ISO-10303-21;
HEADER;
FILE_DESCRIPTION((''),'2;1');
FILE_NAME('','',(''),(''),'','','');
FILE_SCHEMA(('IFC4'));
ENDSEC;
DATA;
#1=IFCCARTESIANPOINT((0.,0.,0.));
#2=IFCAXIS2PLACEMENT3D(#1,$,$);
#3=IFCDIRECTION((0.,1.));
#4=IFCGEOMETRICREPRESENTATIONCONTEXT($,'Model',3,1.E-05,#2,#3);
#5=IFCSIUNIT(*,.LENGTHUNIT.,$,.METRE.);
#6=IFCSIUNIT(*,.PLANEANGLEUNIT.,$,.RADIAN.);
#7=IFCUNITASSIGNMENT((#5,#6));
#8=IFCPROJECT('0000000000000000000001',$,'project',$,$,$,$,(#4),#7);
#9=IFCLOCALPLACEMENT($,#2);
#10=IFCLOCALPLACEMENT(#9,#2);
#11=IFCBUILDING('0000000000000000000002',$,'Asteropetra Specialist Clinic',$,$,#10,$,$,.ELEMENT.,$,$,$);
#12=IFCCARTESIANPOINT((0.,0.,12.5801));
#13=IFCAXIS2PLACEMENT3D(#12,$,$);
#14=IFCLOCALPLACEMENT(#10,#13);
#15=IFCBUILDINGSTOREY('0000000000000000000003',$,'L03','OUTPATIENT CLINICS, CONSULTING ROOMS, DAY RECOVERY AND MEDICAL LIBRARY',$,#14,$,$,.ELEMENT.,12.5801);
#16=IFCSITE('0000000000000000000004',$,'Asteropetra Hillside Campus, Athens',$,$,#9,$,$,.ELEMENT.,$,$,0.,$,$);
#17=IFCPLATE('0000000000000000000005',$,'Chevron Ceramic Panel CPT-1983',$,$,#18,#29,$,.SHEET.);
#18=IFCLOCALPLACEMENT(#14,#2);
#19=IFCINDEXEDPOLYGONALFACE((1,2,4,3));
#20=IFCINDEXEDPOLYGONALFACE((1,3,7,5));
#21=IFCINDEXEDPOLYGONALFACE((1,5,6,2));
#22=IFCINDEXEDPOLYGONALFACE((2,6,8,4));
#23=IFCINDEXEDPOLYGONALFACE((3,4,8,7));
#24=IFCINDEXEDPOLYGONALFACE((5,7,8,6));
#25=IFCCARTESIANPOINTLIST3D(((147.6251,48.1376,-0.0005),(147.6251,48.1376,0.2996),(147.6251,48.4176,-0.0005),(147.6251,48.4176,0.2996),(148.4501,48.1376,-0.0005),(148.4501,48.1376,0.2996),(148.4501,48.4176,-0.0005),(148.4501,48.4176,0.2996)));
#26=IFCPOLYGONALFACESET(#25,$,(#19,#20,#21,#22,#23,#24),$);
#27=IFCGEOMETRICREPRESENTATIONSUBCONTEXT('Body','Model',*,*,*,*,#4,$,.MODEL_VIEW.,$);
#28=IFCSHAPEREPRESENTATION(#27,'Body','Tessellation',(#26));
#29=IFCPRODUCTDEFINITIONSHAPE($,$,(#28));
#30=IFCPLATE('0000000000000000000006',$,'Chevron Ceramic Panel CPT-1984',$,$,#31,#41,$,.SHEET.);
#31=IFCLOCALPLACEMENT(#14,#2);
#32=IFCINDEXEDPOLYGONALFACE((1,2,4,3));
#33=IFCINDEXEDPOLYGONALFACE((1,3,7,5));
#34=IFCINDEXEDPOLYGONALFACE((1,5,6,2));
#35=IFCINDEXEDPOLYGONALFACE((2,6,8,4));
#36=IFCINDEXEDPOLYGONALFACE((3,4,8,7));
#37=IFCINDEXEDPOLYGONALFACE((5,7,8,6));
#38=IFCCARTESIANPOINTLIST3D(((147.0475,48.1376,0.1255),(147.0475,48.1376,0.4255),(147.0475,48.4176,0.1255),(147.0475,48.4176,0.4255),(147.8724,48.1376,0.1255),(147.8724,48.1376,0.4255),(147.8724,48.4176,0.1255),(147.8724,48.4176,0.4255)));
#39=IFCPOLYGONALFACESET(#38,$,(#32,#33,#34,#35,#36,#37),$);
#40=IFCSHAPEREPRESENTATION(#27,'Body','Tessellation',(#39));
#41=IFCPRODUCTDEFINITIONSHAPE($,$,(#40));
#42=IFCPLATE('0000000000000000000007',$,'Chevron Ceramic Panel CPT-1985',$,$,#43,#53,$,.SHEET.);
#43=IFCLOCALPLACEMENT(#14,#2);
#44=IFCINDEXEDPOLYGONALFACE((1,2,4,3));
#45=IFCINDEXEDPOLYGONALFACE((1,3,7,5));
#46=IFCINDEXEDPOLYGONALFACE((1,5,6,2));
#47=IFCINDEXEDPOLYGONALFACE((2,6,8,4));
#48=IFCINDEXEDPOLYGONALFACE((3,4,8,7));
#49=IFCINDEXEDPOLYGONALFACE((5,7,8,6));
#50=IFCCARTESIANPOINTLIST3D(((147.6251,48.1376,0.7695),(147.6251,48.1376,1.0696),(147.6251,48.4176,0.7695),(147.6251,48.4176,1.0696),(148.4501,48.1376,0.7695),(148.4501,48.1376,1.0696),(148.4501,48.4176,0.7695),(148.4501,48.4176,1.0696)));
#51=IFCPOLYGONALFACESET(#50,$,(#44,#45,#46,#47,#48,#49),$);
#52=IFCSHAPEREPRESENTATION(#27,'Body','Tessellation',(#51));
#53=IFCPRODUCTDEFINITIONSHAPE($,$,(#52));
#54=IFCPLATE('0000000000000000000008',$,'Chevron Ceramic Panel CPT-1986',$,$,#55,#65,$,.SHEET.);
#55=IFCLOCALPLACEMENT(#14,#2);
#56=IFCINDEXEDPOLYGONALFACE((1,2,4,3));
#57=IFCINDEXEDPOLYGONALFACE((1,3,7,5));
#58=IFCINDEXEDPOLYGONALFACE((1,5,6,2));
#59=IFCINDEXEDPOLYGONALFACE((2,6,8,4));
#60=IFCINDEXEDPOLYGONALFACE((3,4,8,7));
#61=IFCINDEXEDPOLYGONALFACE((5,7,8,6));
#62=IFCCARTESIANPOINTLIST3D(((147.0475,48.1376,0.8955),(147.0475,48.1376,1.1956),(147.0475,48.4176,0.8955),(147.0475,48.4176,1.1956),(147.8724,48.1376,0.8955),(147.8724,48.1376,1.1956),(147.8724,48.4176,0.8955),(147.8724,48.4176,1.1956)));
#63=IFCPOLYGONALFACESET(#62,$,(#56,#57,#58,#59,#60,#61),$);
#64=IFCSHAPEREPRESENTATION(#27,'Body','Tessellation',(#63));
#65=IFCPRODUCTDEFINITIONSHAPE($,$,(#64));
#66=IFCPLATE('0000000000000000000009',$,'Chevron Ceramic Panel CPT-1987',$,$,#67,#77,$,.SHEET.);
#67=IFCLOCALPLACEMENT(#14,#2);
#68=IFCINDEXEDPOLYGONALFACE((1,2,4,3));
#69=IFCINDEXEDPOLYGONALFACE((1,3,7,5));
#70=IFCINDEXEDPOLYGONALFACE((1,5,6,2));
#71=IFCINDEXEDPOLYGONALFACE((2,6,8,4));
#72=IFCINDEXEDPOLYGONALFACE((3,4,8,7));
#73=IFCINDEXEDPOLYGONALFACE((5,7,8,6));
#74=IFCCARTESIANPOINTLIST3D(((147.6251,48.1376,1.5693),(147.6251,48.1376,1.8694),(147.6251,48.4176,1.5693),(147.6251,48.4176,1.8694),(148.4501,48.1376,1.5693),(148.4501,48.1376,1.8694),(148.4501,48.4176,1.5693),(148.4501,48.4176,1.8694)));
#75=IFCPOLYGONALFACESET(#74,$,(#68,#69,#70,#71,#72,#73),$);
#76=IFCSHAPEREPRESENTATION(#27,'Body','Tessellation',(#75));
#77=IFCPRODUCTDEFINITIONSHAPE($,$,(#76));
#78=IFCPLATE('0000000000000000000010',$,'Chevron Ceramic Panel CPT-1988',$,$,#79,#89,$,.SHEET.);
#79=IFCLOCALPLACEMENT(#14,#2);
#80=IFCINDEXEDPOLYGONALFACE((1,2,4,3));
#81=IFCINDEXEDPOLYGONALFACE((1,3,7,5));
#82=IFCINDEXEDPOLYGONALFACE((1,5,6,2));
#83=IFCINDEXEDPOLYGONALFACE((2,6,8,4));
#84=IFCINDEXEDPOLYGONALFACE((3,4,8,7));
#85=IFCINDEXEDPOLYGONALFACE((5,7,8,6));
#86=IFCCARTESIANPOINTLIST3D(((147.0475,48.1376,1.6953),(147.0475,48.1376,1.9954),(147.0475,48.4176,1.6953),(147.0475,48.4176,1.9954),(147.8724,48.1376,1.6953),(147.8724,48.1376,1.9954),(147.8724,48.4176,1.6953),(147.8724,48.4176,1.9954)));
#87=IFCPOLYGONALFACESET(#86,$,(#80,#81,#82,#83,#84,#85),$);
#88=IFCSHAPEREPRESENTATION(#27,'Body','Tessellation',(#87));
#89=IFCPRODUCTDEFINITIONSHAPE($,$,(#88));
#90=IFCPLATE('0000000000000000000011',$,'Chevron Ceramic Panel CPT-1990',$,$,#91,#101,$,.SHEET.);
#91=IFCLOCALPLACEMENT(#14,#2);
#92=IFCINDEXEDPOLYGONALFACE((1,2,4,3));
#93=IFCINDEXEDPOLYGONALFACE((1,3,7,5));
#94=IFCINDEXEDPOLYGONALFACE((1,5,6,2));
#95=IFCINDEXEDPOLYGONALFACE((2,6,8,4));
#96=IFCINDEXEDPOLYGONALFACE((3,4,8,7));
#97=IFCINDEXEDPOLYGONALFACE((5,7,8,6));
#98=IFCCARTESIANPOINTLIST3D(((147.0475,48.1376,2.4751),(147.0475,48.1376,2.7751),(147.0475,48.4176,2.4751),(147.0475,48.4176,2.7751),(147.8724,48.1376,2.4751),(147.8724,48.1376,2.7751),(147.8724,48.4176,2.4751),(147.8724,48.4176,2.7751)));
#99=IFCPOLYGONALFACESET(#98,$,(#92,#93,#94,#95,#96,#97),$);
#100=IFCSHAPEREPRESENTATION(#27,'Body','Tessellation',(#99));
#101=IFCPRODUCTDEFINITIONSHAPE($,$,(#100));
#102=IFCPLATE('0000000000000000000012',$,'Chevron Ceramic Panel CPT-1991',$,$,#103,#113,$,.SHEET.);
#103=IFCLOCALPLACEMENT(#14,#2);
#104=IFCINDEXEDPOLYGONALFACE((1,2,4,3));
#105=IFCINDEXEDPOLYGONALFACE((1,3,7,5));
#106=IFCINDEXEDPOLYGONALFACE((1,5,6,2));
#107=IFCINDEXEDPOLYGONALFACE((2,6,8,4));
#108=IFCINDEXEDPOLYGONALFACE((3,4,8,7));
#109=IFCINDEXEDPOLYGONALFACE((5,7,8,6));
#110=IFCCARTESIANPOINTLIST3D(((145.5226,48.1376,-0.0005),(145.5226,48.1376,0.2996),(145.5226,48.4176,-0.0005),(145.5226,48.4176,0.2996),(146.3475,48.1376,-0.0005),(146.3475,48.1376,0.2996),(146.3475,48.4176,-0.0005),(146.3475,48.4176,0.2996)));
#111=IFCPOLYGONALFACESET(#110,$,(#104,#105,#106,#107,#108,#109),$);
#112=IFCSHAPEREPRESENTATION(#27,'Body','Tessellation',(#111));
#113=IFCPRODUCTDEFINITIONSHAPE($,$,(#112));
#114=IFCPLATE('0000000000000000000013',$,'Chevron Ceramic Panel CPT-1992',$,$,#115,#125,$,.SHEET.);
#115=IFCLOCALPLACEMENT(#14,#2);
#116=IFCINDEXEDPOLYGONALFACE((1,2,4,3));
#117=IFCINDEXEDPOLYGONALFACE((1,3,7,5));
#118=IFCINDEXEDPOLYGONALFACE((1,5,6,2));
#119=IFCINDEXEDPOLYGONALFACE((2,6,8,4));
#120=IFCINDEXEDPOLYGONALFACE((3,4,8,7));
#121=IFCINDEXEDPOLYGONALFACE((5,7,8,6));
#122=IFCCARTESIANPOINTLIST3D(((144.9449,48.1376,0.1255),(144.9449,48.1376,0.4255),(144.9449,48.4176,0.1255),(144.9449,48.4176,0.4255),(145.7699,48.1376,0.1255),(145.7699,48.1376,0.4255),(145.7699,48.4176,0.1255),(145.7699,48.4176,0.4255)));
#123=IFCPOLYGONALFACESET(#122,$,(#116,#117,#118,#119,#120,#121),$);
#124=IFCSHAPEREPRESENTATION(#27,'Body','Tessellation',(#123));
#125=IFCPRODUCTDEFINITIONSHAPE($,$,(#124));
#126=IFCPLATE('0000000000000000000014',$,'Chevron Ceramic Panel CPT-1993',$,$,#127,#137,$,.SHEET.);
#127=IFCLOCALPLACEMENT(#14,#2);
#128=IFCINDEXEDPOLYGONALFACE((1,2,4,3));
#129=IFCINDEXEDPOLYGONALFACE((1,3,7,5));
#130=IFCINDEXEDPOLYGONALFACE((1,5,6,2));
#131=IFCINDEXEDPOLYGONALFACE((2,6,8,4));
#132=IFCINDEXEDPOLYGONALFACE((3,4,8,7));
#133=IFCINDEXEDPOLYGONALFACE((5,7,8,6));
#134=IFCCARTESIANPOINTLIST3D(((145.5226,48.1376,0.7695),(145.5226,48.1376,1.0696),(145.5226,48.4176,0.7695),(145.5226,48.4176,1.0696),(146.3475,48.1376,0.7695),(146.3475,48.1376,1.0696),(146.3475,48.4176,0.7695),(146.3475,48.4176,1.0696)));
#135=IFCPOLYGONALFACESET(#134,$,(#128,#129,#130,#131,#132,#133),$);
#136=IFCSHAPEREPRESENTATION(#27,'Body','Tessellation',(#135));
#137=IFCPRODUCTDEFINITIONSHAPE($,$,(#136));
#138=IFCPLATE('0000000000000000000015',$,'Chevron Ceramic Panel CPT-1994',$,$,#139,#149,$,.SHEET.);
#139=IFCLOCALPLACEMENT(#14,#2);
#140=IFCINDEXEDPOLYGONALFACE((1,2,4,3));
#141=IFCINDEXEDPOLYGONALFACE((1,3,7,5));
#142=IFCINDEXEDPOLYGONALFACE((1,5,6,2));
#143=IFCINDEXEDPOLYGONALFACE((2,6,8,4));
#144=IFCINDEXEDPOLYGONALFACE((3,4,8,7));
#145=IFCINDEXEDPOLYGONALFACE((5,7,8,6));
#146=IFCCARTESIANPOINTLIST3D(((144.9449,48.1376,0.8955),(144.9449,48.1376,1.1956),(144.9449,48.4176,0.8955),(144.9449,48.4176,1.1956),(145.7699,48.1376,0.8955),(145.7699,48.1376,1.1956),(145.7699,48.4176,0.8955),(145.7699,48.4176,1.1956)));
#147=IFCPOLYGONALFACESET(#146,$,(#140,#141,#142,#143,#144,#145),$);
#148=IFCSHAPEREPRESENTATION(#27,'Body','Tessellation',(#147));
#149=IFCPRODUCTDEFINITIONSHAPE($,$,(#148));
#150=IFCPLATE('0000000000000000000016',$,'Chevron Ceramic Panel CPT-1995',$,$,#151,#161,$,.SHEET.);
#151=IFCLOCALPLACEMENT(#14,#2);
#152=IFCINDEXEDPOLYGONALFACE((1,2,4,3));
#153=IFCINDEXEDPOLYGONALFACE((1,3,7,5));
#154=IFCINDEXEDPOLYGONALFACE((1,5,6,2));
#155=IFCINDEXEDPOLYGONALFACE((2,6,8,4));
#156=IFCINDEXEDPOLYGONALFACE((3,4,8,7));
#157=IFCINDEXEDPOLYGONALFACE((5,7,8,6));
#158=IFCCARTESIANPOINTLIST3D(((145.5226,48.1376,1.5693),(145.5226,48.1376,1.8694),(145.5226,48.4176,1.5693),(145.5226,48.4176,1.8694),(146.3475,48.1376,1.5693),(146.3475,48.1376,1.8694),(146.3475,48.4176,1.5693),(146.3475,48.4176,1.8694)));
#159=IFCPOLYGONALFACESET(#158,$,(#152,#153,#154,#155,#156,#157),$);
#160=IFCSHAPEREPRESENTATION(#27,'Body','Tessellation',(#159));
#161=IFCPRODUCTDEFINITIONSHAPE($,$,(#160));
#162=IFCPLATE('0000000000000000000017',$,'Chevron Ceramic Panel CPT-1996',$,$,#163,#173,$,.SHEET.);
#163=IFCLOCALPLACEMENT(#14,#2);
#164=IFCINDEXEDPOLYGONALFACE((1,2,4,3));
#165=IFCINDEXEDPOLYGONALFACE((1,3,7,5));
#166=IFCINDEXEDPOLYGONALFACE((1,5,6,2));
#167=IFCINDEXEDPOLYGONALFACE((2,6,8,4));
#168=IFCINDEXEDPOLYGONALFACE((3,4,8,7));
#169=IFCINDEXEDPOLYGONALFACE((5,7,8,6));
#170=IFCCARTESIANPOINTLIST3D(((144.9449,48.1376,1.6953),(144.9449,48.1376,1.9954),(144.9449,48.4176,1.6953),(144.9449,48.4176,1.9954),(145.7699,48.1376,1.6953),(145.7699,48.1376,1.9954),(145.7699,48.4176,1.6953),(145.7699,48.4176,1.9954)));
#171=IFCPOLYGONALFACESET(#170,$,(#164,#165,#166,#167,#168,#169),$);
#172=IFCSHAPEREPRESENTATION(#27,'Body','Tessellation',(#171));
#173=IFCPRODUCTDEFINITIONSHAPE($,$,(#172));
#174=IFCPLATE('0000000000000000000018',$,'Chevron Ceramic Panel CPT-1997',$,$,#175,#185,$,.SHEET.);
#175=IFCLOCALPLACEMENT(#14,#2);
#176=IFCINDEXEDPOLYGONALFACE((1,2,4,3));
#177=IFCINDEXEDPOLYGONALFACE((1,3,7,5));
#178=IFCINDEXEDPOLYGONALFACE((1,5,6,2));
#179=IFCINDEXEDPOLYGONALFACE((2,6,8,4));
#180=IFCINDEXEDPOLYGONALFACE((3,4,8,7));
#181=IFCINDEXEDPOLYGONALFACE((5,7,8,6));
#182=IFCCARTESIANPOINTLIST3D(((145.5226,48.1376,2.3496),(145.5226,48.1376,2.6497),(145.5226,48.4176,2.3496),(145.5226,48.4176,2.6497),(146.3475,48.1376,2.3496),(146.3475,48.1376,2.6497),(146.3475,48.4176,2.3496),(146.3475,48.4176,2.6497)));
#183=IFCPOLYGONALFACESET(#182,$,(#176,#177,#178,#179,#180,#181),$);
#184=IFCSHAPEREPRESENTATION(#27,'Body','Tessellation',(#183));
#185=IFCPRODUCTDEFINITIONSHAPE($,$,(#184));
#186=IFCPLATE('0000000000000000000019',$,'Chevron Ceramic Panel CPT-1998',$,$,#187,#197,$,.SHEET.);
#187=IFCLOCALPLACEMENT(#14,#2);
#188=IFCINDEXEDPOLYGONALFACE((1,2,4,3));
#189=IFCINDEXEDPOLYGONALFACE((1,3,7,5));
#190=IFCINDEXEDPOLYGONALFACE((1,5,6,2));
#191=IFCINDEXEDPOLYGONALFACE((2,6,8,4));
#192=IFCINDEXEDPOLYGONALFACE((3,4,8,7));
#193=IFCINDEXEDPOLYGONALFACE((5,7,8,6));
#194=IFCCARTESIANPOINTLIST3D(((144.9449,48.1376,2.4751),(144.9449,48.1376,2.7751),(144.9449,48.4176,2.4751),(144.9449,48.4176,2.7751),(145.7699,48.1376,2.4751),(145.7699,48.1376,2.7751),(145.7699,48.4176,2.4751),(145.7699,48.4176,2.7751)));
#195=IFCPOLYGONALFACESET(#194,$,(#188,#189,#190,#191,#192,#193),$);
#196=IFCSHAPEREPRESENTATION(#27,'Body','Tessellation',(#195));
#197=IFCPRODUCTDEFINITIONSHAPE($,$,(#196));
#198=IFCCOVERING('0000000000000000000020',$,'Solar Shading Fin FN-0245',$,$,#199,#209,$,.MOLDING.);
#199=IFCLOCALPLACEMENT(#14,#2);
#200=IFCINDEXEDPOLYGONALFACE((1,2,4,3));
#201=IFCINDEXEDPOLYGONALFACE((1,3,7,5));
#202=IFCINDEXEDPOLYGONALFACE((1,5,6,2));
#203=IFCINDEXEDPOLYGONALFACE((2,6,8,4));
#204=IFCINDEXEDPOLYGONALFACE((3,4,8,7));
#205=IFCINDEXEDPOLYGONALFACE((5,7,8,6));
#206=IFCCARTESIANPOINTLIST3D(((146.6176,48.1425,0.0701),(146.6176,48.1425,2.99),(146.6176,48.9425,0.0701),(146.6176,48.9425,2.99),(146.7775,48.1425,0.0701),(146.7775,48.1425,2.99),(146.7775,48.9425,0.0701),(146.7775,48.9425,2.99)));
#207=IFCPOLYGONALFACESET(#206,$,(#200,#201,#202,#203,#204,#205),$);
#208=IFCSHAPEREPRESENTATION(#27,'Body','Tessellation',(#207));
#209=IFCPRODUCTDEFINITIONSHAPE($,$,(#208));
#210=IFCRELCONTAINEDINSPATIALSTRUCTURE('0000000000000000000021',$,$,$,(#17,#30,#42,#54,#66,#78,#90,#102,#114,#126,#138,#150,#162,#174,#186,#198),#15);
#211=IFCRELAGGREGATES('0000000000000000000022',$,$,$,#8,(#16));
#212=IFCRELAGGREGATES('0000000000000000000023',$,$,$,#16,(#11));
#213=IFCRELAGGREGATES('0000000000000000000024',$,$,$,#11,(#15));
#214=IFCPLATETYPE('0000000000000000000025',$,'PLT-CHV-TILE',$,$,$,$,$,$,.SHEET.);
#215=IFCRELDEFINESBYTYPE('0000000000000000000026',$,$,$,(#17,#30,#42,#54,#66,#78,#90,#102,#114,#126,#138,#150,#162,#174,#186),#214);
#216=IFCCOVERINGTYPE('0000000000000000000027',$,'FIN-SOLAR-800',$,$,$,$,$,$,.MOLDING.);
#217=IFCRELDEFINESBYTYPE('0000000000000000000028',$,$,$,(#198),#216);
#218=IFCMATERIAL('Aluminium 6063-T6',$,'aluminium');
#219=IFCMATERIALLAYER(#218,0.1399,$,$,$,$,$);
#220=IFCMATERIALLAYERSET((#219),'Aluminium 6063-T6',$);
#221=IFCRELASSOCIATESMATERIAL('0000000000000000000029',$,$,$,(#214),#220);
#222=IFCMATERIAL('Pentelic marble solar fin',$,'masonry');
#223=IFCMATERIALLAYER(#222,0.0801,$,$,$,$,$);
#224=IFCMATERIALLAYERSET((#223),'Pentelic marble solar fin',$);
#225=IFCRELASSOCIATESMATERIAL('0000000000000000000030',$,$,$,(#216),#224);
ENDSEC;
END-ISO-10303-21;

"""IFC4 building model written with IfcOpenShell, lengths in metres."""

from ifc_helpers import new_model, si_unit, direction, frame, origin, origin_2d, place, context, subcontext, project, spatial, rectangle, extrude, material, layer, layer_set, type_object, element, save


model = new_model("IFC4")

# Units and contexts
model_context = context("Model", 3, precision=1e-05, world=origin(), true_north=direction((0.0, 1.0)))
body_context = subcontext(model_context, "Body", "Model", "MODEL_VIEW")
ifc_project = project(units=[si_unit("LENGTHUNIT", "METRE"), si_unit("PLANEANGLEUNIT", "RADIAN")], contexts=[model_context])

# Site, building, storey
site_placement = place(None, origin())
site = spatial("IfcSite", under=ifc_project, at=site_placement, Name="Asteropetra Hillside Campus, Athens", CompositionType="ELEMENT", RefElevation=0.0)
building_placement = place(site_placement, origin())
building = spatial("IfcBuilding", under=site, at=building_placement, Name="Asteropetra Specialist Clinic", CompositionType="ELEMENT")
storey_placement = place(building_placement, frame((0.0, 0.0, 12.5801)))
storey = spatial("IfcBuildingStorey", under=building, at=storey_placement, Name="L03", Description="OUTPATIENT CLINICS, CONSULTING ROOMS, DAY RECOVERY AND MEDICAL LIBRARY", CompositionType="ELEMENT", Elevation=12.5801)

# Plates
ifc_material_1 = material(Name="Aluminium 6063-T6", Category="aluminium")
ifc_layer_1 = layer(ifc_material_1, 0.1399)
ifc_layer_set_1 = layer_set([ifc_layer_1], Name="Aluminium 6063-T6")
plate_type_1 = type_object("IfcPlateType", Name="PLT-CHV-TILE", PredefinedType="SHEET", material=ifc_layer_set_1)
for number, where, z_axis, x_axis, name in (
    (1, (148.0376, 48.2776, -0.0005), (0.0, 0.0, 1.0), (1.0, 0.0, 0.0), "Chevron Ceramic Panel CPT-1983"),
    (2, (147.46, 48.2776, 0.1255), (0.0, 0.0, 1.0), (1.0, 0.0, 0.0), "Chevron Ceramic Panel CPT-1984"),
    (3, (148.0376, 48.2776, 0.7695), (0.0, 0.0, 1.0), (1.0, 0.0, 0.0), "Chevron Ceramic Panel CPT-1985"),
    (4, (147.46, 48.2776, 0.8955), (0.0, 0.0, 1.0), (1.0, 0.0, 0.0), "Chevron Ceramic Panel CPT-1986"),
    (5, (148.0376, 48.2776, 1.5693), (0.0, 0.0, 1.0), (1.0, 0.0, 0.0), "Chevron Ceramic Panel CPT-1987"),
    (6, (147.46, 48.2776, 1.6953), (0.0, 0.0, 1.0), (1.0, 0.0, 0.0), "Chevron Ceramic Panel CPT-1988"),
    (7, (147.46, 48.2776, 2.4751), (0.0, 0.0, 1.0), (1.0, 0.0, 0.0), "Chevron Ceramic Panel CPT-1990"),
    (8, (145.9351, 48.2776, -0.0005), (0.0, 0.0, 1.0), (1.0, 0.0, 0.0), "Chevron Ceramic Panel CPT-1991"),
    (9, (145.3574, 48.2776, 0.1255), (0.0, 0.0, 1.0), (1.0, 0.0, 0.0), "Chevron Ceramic Panel CPT-1992"),
    (10, (145.9351, 48.2776, 0.7695), (0.0, 0.0, 1.0), (1.0, 0.0, 0.0), "Chevron Ceramic Panel CPT-1993"),
    (11, (145.3574, 48.2776, 0.8955), (0.0, 0.0, 1.0), (1.0, 0.0, 0.0), "Chevron Ceramic Panel CPT-1994"),
    (12, (145.9351, 48.2776, 1.5693), (0.0, 0.0, 1.0), (1.0, 0.0, 0.0), "Chevron Ceramic Panel CPT-1995"),
    (13, (145.3574, 48.2776, 1.6953), (0.0, 0.0, 1.0), (1.0, 0.0, 0.0), "Chevron Ceramic Panel CPT-1996"),
    (14, (145.9351, 48.2776, 2.3496), (0.0, 0.0, 1.0), (1.0, 0.0, 0.0), "Chevron Ceramic Panel CPT-1997"),
    (15, (145.3574, 48.2776, 2.4751), (0.0, 0.0, 1.0), (1.0, 0.0, 0.0), "Chevron Ceramic Panel CPT-1998"),
):
    element("IfcPlate", number, at=place(storey_placement, frame(where, z_axis=z_axis, x_axis=x_axis)), inside=storey, type_object=plate_type_1, Name=name, PredefinedType="SHEET", context=body_context, shape_type="SweptSolid", body=[
        extrude(rectangle(XDim=0.825, YDim=0.28, at=origin_2d()), origin(), (0.0, 0.0, 1.0), 0.3),
    ])

# Covering
ifc_material_2 = material(Name="Pentelic marble solar fin", Category="masonry")
ifc_layer_2 = layer(ifc_material_2, 0.0801)
ifc_layer_set_2 = layer_set([ifc_layer_2], Name="Pentelic marble solar fin")
covering_type = type_object("IfcCoveringType", Name="FIN-SOLAR-800", PredefinedType="MOLDING", material=ifc_layer_set_2)
covering_placement = place(storey_placement, frame((146.6975, 48.5425, 0.0701), z_axis=(0.0, 0.0, 1.0), x_axis=(1.0, 0.0, 0.0)))
element("IfcCovering", 16, at=covering_placement, inside=storey, type_object=covering_type, Name="Solar Shading Fin FN-0245", PredefinedType="MOLDING", context=body_context, shape_type="SweptSolid", body=[
    extrude(rectangle(XDim=0.1599, YDim=0.8, at=origin_2d()), origin(), (0.0, 0.0, 1.0), 2.9199),
])

save(model, "model.ifc")
